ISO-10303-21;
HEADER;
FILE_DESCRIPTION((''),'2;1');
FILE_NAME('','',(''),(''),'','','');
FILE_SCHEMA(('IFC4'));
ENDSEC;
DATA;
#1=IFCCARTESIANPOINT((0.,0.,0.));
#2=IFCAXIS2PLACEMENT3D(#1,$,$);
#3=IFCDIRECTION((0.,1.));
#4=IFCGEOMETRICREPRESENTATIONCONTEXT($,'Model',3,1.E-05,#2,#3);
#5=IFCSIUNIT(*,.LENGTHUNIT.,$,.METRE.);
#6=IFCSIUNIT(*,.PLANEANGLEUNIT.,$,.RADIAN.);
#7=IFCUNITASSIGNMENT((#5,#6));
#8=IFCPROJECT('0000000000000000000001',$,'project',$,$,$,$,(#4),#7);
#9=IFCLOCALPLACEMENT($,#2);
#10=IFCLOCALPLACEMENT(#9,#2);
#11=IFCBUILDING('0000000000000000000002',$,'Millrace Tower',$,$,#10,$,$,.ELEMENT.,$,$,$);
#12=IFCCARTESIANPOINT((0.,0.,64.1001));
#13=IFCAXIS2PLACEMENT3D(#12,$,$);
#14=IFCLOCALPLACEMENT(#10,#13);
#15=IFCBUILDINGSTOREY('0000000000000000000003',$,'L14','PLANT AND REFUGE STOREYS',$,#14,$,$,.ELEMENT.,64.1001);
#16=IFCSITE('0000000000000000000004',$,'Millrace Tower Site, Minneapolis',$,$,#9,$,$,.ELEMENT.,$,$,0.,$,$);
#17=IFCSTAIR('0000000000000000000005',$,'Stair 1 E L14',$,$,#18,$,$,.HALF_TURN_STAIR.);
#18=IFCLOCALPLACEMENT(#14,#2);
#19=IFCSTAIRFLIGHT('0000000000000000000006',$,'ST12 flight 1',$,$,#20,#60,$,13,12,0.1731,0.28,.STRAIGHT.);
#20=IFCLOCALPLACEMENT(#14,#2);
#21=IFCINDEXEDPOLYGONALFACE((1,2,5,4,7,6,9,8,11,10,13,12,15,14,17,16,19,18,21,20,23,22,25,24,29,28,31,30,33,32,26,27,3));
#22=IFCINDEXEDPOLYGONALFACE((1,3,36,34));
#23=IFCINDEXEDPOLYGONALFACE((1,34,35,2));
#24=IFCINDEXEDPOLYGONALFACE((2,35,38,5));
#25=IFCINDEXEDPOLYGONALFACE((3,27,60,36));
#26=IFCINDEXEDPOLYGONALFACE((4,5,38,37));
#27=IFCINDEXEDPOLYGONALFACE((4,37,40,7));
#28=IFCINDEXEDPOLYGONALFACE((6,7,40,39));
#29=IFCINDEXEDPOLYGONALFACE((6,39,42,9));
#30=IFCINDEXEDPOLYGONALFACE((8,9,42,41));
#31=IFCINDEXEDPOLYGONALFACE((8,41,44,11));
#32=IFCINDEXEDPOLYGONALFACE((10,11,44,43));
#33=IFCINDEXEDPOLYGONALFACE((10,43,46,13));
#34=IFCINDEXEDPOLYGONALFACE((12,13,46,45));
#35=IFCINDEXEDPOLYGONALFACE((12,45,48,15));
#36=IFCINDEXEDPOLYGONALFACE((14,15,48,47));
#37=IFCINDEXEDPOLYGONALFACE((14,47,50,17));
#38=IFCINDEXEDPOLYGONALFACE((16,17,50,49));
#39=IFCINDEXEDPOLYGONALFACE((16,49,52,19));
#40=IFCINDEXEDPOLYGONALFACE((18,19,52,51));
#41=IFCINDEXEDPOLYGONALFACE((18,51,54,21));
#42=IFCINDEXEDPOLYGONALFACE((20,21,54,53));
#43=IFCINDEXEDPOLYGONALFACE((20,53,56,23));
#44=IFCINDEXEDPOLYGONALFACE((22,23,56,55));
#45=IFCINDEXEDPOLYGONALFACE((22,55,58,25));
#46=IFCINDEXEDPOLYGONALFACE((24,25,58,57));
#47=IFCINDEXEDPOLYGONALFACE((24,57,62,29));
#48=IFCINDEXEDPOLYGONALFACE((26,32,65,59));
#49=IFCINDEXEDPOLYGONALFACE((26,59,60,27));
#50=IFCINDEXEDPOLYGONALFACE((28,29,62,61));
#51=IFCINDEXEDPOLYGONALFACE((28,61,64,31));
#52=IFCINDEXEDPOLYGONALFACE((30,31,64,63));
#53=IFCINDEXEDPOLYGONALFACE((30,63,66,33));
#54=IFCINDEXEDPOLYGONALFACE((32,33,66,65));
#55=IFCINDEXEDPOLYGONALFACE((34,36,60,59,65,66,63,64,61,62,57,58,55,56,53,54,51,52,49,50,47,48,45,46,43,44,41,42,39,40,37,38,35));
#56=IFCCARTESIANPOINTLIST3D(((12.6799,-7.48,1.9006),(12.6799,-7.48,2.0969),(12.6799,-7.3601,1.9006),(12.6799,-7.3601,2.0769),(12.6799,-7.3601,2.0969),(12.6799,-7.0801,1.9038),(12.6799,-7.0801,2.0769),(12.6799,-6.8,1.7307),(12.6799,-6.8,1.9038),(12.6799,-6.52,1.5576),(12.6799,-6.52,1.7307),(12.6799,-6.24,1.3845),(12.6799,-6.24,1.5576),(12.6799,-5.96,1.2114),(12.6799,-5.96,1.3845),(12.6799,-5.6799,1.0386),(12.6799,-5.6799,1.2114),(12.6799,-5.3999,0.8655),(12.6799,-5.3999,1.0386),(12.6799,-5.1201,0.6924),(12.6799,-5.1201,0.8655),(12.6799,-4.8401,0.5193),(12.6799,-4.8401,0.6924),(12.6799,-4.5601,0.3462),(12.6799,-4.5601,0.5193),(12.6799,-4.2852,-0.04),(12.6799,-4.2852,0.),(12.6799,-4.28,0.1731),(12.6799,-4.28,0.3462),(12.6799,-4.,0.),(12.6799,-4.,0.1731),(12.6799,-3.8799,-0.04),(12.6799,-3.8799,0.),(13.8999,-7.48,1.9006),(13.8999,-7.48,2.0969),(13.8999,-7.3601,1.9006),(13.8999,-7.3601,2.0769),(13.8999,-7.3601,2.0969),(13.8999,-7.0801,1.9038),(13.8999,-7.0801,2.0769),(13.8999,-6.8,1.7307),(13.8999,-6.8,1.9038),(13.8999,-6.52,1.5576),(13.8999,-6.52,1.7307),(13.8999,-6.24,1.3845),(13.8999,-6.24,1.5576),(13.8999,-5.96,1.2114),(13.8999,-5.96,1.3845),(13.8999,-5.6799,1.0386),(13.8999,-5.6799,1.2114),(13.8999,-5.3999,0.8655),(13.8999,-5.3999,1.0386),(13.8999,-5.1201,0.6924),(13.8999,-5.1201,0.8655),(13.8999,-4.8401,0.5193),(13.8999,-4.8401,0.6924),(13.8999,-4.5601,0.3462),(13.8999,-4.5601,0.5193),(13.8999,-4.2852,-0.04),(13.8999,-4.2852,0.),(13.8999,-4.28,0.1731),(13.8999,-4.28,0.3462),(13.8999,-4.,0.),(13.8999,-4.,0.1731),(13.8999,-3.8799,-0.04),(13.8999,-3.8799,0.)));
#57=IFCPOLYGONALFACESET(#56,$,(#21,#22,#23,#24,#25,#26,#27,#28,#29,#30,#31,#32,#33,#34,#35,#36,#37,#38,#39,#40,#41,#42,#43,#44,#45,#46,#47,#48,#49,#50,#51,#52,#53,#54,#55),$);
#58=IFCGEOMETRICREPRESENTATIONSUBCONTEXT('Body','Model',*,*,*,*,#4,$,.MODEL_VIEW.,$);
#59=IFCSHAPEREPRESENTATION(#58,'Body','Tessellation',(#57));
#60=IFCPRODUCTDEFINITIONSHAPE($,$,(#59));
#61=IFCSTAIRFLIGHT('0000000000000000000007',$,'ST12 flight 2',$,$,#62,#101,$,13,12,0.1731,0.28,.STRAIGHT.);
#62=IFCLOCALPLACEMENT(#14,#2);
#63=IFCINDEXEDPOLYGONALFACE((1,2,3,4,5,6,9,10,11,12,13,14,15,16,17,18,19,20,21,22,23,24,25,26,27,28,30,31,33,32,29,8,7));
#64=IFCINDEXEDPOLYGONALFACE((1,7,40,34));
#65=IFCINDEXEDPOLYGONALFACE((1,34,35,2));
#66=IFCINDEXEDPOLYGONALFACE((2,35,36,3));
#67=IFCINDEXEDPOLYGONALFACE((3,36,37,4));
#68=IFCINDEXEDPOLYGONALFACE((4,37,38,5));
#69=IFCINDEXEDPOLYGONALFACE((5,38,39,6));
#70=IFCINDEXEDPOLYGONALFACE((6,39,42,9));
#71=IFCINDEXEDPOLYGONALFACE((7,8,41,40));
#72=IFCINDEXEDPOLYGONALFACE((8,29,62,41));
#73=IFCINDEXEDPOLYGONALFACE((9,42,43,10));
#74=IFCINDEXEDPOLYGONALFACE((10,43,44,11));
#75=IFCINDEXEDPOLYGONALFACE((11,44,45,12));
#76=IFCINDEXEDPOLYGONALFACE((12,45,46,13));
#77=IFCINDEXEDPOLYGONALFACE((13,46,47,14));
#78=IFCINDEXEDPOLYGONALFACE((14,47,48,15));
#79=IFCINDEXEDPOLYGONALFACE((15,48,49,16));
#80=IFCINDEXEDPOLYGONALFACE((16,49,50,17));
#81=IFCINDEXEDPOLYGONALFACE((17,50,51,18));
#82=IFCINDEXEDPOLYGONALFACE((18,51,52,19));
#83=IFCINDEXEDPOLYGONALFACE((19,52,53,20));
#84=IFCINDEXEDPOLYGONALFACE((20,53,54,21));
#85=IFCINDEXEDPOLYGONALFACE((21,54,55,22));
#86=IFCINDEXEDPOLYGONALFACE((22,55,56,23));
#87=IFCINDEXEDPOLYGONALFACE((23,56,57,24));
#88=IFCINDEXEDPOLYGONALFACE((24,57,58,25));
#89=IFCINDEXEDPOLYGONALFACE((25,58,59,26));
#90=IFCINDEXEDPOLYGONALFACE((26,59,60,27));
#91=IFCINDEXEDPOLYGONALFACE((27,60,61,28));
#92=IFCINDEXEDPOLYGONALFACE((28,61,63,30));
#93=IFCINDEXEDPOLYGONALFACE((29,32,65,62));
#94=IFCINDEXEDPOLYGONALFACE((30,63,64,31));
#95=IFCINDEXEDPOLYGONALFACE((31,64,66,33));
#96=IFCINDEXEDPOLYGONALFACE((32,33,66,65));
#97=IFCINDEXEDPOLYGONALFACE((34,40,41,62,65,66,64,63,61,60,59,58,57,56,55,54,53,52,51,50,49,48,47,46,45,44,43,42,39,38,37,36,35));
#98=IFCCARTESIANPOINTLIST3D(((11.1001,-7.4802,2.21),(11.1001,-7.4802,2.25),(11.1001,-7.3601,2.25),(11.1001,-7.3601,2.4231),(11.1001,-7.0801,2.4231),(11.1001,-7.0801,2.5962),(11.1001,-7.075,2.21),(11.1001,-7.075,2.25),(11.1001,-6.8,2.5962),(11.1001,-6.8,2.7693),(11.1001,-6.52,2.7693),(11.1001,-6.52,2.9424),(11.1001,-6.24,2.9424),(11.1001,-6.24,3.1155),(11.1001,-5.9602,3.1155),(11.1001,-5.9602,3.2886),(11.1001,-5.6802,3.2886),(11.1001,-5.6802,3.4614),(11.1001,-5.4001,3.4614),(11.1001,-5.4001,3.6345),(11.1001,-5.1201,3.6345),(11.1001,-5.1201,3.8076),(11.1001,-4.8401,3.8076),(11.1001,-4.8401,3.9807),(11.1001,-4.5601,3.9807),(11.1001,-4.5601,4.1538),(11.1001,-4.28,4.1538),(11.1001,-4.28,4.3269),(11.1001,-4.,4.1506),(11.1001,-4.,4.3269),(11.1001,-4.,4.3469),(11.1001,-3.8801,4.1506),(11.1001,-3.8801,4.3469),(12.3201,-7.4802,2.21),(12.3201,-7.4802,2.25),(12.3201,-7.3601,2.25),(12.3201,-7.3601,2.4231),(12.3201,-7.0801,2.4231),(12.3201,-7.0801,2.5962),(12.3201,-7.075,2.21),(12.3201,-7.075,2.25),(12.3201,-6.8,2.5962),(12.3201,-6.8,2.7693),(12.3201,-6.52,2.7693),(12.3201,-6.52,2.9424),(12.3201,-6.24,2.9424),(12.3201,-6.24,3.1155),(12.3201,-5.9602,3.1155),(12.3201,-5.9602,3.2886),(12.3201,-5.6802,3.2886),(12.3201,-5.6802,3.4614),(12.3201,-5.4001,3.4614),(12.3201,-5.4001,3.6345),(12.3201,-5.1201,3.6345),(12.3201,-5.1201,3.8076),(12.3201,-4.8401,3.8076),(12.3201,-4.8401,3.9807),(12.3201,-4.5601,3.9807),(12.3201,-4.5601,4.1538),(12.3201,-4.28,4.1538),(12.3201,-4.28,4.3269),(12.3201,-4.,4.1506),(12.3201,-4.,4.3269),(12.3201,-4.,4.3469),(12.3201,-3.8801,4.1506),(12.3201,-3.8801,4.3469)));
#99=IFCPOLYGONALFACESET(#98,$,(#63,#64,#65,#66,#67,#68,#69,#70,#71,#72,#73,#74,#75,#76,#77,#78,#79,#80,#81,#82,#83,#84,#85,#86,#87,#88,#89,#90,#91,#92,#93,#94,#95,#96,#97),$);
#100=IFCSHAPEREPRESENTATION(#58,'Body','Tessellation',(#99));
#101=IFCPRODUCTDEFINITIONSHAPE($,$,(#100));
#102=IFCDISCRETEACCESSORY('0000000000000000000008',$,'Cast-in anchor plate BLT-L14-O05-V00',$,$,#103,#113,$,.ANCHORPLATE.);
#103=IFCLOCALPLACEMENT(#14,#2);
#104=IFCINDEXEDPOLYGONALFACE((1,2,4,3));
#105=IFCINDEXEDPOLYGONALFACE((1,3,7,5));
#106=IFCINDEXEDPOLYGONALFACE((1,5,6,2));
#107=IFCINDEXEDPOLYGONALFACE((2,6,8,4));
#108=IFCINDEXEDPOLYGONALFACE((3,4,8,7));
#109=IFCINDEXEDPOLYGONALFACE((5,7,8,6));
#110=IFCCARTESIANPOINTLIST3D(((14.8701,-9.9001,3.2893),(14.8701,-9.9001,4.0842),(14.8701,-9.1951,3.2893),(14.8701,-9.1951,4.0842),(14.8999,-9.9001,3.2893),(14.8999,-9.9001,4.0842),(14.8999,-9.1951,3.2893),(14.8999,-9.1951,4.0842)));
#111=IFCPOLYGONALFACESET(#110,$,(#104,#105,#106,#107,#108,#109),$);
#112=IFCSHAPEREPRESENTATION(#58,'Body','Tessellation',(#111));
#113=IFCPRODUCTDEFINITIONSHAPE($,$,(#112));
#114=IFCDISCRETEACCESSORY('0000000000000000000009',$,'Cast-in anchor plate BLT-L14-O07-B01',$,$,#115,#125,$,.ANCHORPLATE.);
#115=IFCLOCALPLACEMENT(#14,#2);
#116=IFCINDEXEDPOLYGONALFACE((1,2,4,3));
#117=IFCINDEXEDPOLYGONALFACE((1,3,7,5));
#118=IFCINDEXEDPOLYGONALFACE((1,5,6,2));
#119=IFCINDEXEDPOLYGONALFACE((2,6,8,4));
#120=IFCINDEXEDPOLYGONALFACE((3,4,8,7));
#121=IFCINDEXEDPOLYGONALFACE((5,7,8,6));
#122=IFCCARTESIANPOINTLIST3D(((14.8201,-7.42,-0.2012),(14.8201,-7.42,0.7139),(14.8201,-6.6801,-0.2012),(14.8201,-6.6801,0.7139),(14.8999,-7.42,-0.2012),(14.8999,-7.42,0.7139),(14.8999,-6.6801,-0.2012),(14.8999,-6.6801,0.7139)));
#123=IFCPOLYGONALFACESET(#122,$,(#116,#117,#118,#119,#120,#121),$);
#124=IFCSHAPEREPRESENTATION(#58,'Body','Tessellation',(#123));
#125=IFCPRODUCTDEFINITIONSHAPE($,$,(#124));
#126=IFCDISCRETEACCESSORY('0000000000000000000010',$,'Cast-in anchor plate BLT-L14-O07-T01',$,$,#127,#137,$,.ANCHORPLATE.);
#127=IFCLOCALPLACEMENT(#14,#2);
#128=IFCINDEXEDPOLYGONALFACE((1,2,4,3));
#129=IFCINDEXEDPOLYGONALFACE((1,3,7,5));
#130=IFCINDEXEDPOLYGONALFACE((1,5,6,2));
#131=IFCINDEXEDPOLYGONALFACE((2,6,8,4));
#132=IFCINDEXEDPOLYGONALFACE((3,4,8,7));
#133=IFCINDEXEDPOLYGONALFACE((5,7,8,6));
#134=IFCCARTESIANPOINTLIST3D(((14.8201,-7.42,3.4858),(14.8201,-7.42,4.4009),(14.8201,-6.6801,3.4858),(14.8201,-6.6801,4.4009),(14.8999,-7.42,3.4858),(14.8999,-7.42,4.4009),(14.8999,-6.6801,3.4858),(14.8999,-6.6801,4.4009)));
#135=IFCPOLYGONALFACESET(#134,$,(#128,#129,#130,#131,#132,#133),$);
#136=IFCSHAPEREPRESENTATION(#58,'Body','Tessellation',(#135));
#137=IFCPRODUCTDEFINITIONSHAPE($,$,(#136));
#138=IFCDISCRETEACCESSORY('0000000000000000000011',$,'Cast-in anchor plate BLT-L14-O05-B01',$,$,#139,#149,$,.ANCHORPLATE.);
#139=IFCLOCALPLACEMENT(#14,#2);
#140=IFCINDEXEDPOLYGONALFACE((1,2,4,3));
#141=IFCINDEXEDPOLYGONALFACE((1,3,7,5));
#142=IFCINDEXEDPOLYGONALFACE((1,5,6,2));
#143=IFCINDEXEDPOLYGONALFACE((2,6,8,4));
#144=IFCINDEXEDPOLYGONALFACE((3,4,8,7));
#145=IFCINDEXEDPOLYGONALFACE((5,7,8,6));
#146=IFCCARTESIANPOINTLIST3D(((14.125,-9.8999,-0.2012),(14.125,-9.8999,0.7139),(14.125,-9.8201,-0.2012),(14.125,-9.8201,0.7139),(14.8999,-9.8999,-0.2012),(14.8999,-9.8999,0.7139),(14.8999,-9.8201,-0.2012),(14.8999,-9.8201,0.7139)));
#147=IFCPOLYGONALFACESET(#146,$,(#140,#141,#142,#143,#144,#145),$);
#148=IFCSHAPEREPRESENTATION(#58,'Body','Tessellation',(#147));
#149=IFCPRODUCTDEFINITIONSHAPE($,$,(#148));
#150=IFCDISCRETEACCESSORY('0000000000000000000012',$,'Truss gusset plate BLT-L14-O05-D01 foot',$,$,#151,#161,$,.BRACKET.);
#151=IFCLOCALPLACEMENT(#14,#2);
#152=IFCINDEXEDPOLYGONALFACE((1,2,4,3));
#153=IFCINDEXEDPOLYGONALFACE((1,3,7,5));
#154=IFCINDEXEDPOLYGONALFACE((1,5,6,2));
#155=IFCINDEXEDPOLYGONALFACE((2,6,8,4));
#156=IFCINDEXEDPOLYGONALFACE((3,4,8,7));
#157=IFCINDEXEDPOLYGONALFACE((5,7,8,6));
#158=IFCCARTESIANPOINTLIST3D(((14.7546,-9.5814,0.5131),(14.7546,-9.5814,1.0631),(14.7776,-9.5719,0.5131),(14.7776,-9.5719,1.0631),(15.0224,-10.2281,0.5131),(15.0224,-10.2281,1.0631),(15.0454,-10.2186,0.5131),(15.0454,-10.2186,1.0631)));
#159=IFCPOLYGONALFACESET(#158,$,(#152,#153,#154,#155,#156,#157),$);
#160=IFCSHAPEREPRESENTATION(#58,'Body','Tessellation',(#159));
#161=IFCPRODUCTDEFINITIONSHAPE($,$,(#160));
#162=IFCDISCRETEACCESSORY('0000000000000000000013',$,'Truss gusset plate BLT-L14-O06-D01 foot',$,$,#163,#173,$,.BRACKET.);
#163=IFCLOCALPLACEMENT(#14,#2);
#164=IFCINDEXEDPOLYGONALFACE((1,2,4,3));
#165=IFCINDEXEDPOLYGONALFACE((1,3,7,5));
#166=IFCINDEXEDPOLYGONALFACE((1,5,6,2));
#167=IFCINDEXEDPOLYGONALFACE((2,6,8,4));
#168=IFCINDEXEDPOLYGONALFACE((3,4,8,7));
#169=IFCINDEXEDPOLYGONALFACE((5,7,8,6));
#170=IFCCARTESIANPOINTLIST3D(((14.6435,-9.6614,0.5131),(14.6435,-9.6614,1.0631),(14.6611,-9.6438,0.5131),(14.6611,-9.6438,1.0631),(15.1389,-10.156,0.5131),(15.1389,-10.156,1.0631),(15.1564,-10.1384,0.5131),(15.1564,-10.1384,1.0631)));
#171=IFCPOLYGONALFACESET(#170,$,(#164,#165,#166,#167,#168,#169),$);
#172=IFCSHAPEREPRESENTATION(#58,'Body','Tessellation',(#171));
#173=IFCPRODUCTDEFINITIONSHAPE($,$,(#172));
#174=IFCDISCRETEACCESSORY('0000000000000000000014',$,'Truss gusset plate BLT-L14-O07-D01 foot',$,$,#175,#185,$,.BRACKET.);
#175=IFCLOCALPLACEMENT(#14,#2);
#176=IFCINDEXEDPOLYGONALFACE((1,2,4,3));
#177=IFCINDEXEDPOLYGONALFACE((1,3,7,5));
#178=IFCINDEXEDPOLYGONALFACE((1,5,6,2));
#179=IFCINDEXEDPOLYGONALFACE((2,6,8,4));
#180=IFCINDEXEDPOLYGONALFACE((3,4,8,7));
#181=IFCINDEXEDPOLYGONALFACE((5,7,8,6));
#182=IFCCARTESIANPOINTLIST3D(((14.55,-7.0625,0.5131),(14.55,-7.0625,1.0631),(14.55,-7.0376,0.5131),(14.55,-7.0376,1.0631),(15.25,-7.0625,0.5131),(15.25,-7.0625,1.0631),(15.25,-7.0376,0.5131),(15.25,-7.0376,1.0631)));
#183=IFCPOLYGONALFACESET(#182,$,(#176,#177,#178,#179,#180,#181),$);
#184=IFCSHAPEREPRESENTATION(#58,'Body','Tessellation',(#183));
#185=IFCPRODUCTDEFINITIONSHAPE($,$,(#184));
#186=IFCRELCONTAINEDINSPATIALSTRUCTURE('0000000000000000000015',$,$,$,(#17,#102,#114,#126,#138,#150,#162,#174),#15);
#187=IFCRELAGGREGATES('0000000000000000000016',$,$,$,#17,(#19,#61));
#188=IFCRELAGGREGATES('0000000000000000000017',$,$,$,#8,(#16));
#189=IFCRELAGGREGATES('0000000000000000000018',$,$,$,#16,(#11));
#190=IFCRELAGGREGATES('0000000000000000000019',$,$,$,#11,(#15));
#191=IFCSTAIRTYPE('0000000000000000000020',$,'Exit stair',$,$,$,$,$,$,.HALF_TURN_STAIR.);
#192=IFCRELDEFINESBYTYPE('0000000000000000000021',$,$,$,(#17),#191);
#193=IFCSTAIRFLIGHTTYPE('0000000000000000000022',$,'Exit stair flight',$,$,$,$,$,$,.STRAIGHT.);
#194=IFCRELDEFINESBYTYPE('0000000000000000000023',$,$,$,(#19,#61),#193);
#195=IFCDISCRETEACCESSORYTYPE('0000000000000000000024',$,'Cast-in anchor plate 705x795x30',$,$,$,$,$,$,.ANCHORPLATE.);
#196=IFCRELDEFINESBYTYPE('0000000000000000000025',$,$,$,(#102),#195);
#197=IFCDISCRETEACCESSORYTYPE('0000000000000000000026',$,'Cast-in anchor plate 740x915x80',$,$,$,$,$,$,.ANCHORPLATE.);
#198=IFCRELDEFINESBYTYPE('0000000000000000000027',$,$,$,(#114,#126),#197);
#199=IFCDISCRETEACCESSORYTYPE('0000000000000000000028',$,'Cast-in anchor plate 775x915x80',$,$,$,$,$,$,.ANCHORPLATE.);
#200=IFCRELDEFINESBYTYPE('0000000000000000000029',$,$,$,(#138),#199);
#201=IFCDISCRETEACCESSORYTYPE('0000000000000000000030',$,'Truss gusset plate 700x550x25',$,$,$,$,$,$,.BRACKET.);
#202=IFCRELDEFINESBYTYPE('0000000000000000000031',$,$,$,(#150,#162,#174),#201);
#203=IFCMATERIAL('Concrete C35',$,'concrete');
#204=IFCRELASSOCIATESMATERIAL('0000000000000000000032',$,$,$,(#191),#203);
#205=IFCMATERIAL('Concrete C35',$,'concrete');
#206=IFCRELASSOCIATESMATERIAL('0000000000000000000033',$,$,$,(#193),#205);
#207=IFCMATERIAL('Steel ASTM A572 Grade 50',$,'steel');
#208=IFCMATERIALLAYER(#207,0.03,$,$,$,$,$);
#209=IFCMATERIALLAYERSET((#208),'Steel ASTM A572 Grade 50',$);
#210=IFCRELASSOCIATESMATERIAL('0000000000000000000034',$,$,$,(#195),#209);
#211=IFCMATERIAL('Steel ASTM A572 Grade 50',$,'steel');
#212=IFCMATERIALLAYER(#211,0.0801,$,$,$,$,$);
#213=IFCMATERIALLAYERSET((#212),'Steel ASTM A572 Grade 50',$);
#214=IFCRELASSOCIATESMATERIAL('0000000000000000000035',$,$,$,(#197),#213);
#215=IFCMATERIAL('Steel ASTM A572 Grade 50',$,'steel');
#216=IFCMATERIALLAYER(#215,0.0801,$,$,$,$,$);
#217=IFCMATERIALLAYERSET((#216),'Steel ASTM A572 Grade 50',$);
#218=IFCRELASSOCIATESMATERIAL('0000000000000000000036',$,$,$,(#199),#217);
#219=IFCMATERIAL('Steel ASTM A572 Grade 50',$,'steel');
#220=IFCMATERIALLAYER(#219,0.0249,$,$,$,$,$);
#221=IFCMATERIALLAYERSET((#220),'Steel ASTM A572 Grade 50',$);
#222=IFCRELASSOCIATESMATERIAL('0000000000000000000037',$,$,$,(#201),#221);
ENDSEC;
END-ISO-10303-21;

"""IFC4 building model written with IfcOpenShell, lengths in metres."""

from ifc_helpers import new_model, si_unit, direction, frame, origin, origin_2d, place, context, subcontext, project, spatial, polyline, rectangle, outline, extrude, material, layer, layer_set, type_object, element, aggregate, save


model = new_model("IFC4")

# Units and contexts
model_context = context("Model", 3, precision=1e-05, world=origin(), true_north=direction((0.0, 1.0)))
body_context = subcontext(model_context, "Body", "Model", "MODEL_VIEW")
ifc_project = project(units=[si_unit("LENGTHUNIT", "METRE"), si_unit("PLANEANGLEUNIT", "RADIAN")], contexts=[model_context])

# Site, building, storey
site_placement = place(None, origin())
site = spatial("IfcSite", under=ifc_project, at=site_placement, Name="Millrace Tower Site, Minneapolis", CompositionType="ELEMENT", RefElevation=0.0)
building_placement = place(site_placement, origin())
building = spatial("IfcBuilding", under=site, at=building_placement, Name="Millrace Tower", CompositionType="ELEMENT")
storey_placement = place(building_placement, frame((0.0, 0.0, 64.1001)))
storey = spatial("IfcBuildingStorey", under=building, at=storey_placement, Name="L14", Description="PLANT AND REFUGE STOREYS", CompositionType="ELEMENT", Elevation=64.1001)

# Stair, stair flights
ifc_material_1 = material(Name="Concrete C35", Category="concrete")
stair_type = type_object("IfcStairType", Name="Exit stair", PredefinedType="HALF_TURN_STAIR", material=ifc_material_1)
stair_placement = place(storey_placement, origin())
stair = element("IfcStair", 1, at=stair_placement, inside=storey, type_object=stair_type, Name="Stair 1 E L14", PredefinedType="HALF_TURN_STAIR")
ifc_material_2 = material(Name="Concrete C35", Category="concrete")
stair_flight_type = type_object("IfcStairFlightType", Name="Exit stair flight", PredefinedType="STRAIGHT", material=ifc_material_2)
stair_flight_1_placement = place(storey_placement, frame((13.29, -4.0, 0.0), z_axis=(0.0, 0.0, 1.0), x_axis=(0.0, -1.0, 0.0)))
stair_flight_1 = element("IfcStairFlight", 2, at=stair_flight_1_placement, type_object=stair_flight_type, Name="ST12 flight 1", NumberOfRisers=13, NumberOfTreads=12, PredefinedType="STRAIGHT", RiserHeight=0.1731, TreadLength=0.28, context=body_context, shape_type="SweptSolid", body=[
    extrude(outline(polyline([(-0.1201, -0.04), (-0.1201, 0.0), (0.0, 0.0), (0.0, 0.1731), (0.28, 0.1731), (0.28, 0.3462), (0.5601, 0.3462), (0.5601, 0.5193), (0.8401, 0.5193), (0.8401, 0.6924), (1.1201, 0.6924), (1.1201, 0.8655), (1.3999, 0.8655), (1.3999, 1.0386), (1.6799, 1.0386), (1.6799, 1.2114), (1.96, 1.2114), (1.96, 1.3845), (2.24, 1.3845), (2.24, 1.5576), (2.52, 1.5576), (2.52, 1.7307), (2.8, 1.7307), (2.8, 1.9038), (3.0801, 1.9038), (3.0801, 2.0769), (3.3601, 2.0769), (3.3601, 2.0969), (3.48, 2.0969), (3.48, 1.9006), (3.3601, 1.9006), (0.2852, 0.0), (0.2852, -0.04), (-0.1201, -0.04)])), frame((0.0, 0.6099, 0.0), z_axis=(0.0, -1.0, 0.0), x_axis=(1.0, 0.0, 0.0)), (0.0, 0.0, 1.0), 1.22),
])
stair_flight_2_placement = place(storey_placement, frame((11.71, -7.3601, 2.25), z_axis=(0.0, 0.0, 1.0), x_axis=(0.0, 1.0, 0.0)))
stair_flight_2 = element("IfcStairFlight", 3, at=stair_flight_2_placement, type_object=stair_flight_type, Name="ST12 flight 2", NumberOfRisers=13, NumberOfTreads=12, PredefinedType="STRAIGHT", RiserHeight=0.1731, TreadLength=0.28, context=body_context, shape_type="SweptSolid", body=[
    extrude(outline(polyline([(-0.1201, -0.04), (-0.1201, 0.0), (0.0, 0.0), (0.0, 0.1731), (0.28, 0.1731), (0.28, 0.3462), (0.5601, 0.3462), (0.5601, 0.5193), (0.8401, 0.5193), (0.8401, 0.6924), (1.1201, 0.6924), (1.1201, 0.8655), (1.3999, 0.8655), (1.3999, 1.0386), (1.6799, 1.0386), (1.6799, 1.2114), (1.96, 1.2114), (1.96, 1.3845), (2.24, 1.3845), (2.24, 1.5576), (2.52, 1.5576), (2.52, 1.7307), (2.8, 1.7307), (2.8, 1.9038), (3.0801, 1.9038), (3.0801, 2.0769), (3.3601, 2.0769), (3.3601, 2.0969), (3.48, 2.0969), (3.48, 1.9006), (3.3601, 1.9006), (0.2852, 0.0), (0.2852, -0.04), (-0.1201, -0.04)])), frame((0.0, 0.6099, 0.0), z_axis=(0.0, -1.0, 0.0), x_axis=(1.0, 0.0, 0.0)), (0.0, 0.0, 1.0), 1.22),
])
aggregate(stair, [stair_flight_1, stair_flight_2])

# Discrete accessories
ifc_material_3 = material(Name="Steel ASTM A572 Grade 50", Category="steel")
ifc_layer_1 = layer(ifc_material_3, 0.03)
ifc_layer_set_1 = layer_set([ifc_layer_1], Name="Steel ASTM A572 Grade 50")
discrete_accessory_type_1 = type_object("IfcDiscreteAccessoryType", Name="Cast-in anchor plate 705x795x30", PredefinedType="ANCHORPLATE", material=ifc_layer_set_1)
discrete_accessory_1_placement = place(storey_placement, frame((14.8701, -9.5476, 3.6868), z_axis=(1.0, 0.0, 0.0), x_axis=(0.0, 1.0, 0.0)))
element("IfcDiscreteAccessory", 4, at=discrete_accessory_1_placement, inside=storey, type_object=discrete_accessory_type_1, Name="Cast-in anchor plate BLT-L14-O05-V00", PredefinedType="ANCHORPLATE", context=body_context, shape_type="SweptSolid", body=[
    extrude(rectangle(XDim=0.7051, YDim=0.7949, at=origin_2d()), origin(), (0.0, 0.0, 1.0), 0.0298),
])
ifc_material_4 = material(Name="Steel ASTM A572 Grade 50", Category="steel")
ifc_layer_2 = layer(ifc_material_4, 0.0801)
ifc_layer_set_2 = layer_set([ifc_layer_2], Name="Steel ASTM A572 Grade 50")
discrete_accessory_type_2 = type_object("IfcDiscreteAccessoryType", Name="Cast-in anchor plate 740x915x80", PredefinedType="ANCHORPLATE", material=ifc_layer_set_2)
for number, where, z_axis, x_axis, name in (
    (5, (14.8201, -7.05, 0.2563), (1.0, 0.0, 0.0), (0.0, 1.0, 0.0), "Cast-in anchor plate BLT-L14-O07-B01"),
    (6, (14.8201, -7.05, 3.9434), (1.0, 0.0, 0.0), (0.0, 1.0, 0.0), "Cast-in anchor plate BLT-L14-O07-T01"),
):
    element("IfcDiscreteAccessory", number, at=place(storey_placement, frame(where, z_axis=z_axis, x_axis=x_axis)), inside=storey, type_object=discrete_accessory_type_2, Name=name, PredefinedType="ANCHORPLATE", context=body_context, shape_type="SweptSolid", body=[
        extrude(rectangle(XDim=0.74, YDim=0.915, at=origin_2d()), origin(), (0.0, 0.0, 1.0), 0.0798),
    ])
ifc_material_5 = material(Name="Steel ASTM A572 Grade 50", Category="steel")
ifc_layer_3 = layer(ifc_material_5, 0.0801)
ifc_layer_set_3 = layer_set([ifc_layer_3], Name="Steel ASTM A572 Grade 50")
discrete_accessory_type_3 = type_object("IfcDiscreteAccessoryType", Name="Cast-in anchor plate 775x915x80", PredefinedType="ANCHORPLATE", material=ifc_layer_set_3)
discrete_accessory_2_placement = place(storey_placement, frame((14.5125, -9.8201, 0.2563), z_axis=(0.0, -1.0, 0.0), x_axis=(1.0, 0.0, 0.0)))
element("IfcDiscreteAccessory", 7, at=discrete_accessory_2_placement, inside=storey, type_object=discrete_accessory_type_3, Name="Cast-in anchor plate BLT-L14-O05-B01", PredefinedType="ANCHORPLATE", context=body_context, shape_type="SweptSolid", body=[
    extrude(rectangle(XDim=0.7749, YDim=0.915, at=origin_2d()), origin(), (0.0, 0.0, 1.0), 0.0798),
])
ifc_material_6 = material(Name="Steel ASTM A572 Grade 50", Category="steel")
ifc_layer_4 = layer(ifc_material_6, 0.0249)
ifc_layer_set_4 = layer_set([ifc_layer_4], Name="Steel ASTM A572 Grade 50")
discrete_accessory_type_4 = type_object("IfcDiscreteAccessoryType", Name="Truss gusset plate 700x550x25", PredefinedType="BRACKET", material=ifc_layer_set_4)
for number, where, z_axis, x_axis, name in (
    (8, (14.7661, -9.5767, 0.7881), (0.382608, -0.923911, 0.0), (0.923911, 0.382608, 0.0), "Truss gusset plate BLT-L14-O05-D01 foot"),
    (9, (14.6523, -9.6526, 0.7881), (0.70763, -0.706583, 0.0), (0.706583, 0.70763, 0.0), "Truss gusset plate BLT-L14-O06-D01 foot"),
    (10, (14.55, -7.05, 0.7881), (1.0, 0.0, 0.0), (0.0, 1.0, 0.0), "Truss gusset plate BLT-L14-O07-D01 foot"),
):
    element("IfcDiscreteAccessory", number, at=place(storey_placement, frame(where, z_axis=z_axis, x_axis=x_axis)), inside=storey, type_object=discrete_accessory_type_4, Name=name, PredefinedType="BRACKET", context=body_context, shape_type="SweptSolid", body=[
        extrude(rectangle(XDim=0.0249, YDim=0.55, at=origin_2d()), origin(), (0.0, 0.0, 1.0), 0.7),
    ])

save(model, "model.ifc")
